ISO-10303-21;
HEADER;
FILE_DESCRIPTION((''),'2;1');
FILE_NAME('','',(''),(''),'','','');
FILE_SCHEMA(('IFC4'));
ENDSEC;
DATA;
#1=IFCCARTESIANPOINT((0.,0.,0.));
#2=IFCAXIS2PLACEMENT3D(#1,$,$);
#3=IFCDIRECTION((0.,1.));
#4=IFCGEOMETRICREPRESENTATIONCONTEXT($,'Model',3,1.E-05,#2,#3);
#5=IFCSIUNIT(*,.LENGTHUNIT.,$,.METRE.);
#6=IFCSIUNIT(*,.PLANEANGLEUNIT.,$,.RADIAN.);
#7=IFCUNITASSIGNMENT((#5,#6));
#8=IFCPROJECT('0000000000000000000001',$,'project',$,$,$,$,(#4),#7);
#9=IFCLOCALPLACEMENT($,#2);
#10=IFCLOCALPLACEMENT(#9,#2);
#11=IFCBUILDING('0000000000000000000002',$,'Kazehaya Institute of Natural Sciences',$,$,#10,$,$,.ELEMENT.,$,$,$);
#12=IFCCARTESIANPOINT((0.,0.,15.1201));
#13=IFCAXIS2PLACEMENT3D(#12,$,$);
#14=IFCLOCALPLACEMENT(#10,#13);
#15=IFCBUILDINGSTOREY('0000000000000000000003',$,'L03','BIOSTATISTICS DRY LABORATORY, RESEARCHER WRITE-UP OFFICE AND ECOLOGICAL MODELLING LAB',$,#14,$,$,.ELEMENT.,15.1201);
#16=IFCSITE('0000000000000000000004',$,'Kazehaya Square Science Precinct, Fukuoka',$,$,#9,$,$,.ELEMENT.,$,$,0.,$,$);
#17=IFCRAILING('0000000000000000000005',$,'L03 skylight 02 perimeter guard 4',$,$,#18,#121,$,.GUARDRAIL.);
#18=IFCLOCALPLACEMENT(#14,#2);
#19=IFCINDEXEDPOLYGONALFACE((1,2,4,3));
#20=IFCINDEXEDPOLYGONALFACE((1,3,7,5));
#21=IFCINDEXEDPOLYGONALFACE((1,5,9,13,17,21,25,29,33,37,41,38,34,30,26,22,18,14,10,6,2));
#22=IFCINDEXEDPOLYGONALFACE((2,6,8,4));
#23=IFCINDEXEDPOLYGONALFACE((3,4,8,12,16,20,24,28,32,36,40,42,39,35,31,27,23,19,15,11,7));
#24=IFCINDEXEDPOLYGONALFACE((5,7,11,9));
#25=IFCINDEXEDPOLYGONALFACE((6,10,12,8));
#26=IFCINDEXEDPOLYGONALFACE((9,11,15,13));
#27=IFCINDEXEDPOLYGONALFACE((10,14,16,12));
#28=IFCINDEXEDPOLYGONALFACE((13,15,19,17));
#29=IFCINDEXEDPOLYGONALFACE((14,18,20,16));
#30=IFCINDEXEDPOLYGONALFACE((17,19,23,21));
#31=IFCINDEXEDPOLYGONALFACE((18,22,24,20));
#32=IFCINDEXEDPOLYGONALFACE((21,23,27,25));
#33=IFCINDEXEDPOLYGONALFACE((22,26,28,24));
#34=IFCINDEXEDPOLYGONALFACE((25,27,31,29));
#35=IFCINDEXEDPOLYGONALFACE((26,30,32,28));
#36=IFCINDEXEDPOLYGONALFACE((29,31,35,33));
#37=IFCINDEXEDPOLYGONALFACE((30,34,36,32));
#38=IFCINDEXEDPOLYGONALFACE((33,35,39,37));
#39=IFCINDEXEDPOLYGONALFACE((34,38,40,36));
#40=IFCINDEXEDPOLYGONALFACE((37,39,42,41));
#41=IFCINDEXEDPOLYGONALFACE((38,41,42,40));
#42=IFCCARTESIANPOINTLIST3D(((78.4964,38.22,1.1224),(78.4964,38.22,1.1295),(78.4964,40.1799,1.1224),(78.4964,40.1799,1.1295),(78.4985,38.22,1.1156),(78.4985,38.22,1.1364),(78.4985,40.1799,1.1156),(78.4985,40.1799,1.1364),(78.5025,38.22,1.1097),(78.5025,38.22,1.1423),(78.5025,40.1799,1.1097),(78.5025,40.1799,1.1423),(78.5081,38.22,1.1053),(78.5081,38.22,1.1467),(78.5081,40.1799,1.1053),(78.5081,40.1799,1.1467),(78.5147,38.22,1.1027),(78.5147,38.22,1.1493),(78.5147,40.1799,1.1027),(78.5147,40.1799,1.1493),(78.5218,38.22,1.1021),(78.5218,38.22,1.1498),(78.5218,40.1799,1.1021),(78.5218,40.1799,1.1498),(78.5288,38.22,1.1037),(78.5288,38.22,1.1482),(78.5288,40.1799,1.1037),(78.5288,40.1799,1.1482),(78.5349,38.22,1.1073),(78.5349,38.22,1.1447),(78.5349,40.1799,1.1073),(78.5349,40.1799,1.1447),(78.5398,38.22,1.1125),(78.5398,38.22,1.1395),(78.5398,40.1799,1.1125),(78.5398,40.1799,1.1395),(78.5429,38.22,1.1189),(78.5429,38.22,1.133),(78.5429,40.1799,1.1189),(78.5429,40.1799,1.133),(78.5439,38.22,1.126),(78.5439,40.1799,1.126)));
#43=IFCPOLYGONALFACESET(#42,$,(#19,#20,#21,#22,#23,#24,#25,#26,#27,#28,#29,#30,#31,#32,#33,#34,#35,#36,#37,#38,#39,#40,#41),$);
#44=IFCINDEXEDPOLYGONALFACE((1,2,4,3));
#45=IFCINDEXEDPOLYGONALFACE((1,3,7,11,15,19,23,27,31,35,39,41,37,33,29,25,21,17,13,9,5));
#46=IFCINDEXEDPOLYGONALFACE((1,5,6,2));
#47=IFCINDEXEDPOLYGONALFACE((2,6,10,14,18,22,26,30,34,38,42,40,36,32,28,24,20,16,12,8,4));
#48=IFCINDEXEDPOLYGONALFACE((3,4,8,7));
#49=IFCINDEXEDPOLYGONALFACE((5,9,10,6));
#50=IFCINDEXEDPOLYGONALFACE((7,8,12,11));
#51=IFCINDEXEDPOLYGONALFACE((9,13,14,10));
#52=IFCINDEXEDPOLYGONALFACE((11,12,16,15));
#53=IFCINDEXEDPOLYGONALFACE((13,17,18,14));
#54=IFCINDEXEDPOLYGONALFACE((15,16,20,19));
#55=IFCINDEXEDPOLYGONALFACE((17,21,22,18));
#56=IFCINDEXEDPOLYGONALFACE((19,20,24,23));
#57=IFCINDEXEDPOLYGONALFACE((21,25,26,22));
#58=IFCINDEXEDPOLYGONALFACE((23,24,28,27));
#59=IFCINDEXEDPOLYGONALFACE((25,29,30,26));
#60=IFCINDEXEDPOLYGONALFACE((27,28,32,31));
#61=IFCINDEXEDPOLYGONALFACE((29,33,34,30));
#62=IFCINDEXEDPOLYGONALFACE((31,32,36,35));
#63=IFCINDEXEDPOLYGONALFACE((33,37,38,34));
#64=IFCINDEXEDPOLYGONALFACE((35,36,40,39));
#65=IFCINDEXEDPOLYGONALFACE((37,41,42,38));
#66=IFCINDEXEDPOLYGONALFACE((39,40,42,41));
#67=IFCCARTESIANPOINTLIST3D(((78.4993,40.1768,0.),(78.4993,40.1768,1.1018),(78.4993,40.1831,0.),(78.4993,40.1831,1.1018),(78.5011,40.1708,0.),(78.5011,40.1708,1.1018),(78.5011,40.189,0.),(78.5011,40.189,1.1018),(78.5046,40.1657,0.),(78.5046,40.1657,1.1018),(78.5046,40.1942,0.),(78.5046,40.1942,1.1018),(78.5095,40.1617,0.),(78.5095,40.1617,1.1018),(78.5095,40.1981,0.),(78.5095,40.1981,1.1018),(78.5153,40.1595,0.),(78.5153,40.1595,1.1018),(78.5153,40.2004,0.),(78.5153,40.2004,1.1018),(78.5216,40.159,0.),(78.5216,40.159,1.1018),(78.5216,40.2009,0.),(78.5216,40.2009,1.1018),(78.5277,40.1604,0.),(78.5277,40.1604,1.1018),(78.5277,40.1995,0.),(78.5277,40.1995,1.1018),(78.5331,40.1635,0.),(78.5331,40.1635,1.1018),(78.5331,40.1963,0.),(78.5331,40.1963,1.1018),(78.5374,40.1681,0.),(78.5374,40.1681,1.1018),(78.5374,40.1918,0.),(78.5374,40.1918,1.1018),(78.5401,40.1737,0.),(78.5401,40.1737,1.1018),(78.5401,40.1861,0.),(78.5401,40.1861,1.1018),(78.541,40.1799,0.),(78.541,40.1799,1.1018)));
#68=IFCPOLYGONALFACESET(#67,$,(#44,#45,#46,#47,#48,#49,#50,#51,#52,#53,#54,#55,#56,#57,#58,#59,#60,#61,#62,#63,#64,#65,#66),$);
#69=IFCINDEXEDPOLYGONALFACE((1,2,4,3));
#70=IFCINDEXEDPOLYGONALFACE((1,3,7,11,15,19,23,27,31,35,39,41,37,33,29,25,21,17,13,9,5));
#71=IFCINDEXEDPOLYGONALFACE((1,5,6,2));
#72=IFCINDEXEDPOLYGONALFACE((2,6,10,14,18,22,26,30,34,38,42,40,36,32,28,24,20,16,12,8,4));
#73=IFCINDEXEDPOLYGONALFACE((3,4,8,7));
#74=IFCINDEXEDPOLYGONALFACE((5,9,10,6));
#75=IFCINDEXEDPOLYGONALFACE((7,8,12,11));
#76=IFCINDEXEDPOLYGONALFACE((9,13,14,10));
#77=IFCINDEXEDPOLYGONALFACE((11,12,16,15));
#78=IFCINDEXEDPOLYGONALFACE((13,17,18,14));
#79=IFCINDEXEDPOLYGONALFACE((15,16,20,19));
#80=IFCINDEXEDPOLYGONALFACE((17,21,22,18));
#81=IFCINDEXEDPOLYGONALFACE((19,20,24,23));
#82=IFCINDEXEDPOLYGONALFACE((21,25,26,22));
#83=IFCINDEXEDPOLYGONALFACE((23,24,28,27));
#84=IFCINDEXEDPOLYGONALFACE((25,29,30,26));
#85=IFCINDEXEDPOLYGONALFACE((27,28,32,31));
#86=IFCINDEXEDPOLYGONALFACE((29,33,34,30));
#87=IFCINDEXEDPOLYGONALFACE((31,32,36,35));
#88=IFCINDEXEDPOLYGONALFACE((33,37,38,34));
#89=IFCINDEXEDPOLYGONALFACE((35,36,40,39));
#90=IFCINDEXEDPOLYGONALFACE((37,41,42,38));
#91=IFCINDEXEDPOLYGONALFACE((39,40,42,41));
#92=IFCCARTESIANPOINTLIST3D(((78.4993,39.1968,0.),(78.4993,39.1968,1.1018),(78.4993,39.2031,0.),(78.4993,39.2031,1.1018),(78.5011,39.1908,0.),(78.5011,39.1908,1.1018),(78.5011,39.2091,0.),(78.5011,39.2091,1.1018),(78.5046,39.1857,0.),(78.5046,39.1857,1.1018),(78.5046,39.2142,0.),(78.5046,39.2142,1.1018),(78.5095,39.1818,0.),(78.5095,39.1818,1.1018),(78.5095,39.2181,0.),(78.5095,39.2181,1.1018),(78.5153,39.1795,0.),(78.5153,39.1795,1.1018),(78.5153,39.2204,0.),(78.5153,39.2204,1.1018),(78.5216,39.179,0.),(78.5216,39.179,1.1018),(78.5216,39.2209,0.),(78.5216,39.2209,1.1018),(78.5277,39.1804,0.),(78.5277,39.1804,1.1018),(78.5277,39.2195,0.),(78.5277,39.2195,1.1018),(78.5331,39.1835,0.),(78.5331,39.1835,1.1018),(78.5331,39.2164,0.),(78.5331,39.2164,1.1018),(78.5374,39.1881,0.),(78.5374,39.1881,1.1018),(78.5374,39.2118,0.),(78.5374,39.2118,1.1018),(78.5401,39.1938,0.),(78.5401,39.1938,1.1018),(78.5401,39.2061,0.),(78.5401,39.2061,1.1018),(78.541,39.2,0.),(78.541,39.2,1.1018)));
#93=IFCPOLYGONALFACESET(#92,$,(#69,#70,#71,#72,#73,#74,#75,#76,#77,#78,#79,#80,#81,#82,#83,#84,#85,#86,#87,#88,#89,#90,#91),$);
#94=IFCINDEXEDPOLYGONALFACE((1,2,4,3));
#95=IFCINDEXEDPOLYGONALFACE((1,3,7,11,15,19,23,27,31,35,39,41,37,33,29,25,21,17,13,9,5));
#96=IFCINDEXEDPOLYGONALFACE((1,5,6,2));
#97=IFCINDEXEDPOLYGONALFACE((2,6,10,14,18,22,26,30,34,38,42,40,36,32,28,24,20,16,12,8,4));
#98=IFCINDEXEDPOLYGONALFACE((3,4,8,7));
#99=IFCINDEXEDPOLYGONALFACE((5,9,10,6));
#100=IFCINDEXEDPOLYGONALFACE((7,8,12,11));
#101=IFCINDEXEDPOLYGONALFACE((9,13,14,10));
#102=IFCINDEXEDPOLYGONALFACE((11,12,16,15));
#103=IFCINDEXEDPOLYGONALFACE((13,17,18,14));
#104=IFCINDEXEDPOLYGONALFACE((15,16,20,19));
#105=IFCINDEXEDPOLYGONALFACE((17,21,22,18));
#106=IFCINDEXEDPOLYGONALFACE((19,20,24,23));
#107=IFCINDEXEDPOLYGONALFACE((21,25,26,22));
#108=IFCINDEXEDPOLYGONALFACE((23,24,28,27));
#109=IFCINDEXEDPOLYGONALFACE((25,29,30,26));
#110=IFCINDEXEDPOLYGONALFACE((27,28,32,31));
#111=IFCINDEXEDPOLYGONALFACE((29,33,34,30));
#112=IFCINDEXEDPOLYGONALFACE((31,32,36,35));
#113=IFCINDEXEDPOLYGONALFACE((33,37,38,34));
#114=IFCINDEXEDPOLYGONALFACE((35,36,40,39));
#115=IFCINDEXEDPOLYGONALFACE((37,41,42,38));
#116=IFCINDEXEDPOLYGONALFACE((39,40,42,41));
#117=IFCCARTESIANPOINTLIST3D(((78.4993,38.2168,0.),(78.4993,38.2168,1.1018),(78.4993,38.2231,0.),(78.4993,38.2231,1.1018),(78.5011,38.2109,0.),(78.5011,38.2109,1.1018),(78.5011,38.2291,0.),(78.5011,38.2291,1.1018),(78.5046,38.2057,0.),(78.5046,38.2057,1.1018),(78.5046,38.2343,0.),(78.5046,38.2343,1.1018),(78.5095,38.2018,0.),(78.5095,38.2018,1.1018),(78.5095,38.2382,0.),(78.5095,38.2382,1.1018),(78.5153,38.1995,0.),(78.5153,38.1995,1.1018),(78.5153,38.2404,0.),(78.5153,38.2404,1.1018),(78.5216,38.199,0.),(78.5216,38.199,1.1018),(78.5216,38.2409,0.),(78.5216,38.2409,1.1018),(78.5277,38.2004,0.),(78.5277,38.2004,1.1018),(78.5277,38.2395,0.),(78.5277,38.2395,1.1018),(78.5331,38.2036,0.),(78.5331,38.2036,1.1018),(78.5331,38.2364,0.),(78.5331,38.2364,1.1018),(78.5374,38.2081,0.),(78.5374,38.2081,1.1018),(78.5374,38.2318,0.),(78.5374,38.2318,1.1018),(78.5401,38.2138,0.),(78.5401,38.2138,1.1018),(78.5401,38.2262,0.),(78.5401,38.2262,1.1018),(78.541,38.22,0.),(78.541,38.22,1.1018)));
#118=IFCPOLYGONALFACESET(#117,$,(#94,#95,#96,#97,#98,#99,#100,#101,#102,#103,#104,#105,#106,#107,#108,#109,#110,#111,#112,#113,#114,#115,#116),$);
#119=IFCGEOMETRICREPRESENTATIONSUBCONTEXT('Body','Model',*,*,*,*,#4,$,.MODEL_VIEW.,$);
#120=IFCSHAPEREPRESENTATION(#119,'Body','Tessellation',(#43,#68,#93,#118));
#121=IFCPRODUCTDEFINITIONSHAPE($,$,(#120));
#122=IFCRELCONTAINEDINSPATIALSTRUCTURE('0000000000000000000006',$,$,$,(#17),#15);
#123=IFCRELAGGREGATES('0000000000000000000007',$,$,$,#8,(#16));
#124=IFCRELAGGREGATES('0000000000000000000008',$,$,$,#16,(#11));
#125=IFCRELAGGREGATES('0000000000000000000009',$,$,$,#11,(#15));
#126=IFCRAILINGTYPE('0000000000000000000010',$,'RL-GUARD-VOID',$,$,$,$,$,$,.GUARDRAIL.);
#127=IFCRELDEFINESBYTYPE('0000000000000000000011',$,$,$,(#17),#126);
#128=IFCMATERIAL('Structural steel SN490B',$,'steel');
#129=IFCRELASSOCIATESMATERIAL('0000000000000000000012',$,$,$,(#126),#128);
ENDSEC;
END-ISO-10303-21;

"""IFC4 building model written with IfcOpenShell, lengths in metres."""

from ifc_helpers import new_model, si_unit, direction, frame, origin, origin_2d, place, context, subcontext, project, spatial, circle, extrude, material, type_object, element, save


model = new_model("IFC4")

# Units and contexts
model_context = context("Model", 3, precision=1e-05, world=origin(), true_north=direction((0.0, 1.0)))
body_context = subcontext(model_context, "Body", "Model", "MODEL_VIEW")
ifc_project = project(units=[si_unit("LENGTHUNIT", "METRE"), si_unit("PLANEANGLEUNIT", "RADIAN")], contexts=[model_context])

# Site, building, storey
site_placement = place(None, origin())
site = spatial("IfcSite", under=ifc_project, at=site_placement, Name="Kazehaya Square Science Precinct, Fukuoka", CompositionType="ELEMENT", RefElevation=0.0)
building_placement = place(site_placement, origin())
building = spatial("IfcBuilding", under=site, at=building_placement, Name="Kazehaya Institute of Natural Sciences", CompositionType="ELEMENT")
storey_placement = place(building_placement, frame((0.0, 0.0, 15.1201)))
storey = spatial("IfcBuildingStorey", under=building, at=storey_placement, Name="L03", Description="BIOSTATISTICS DRY LABORATORY, RESEARCHER WRITE-UP OFFICE AND ECOLOGICAL MODELLING LAB", CompositionType="ELEMENT", Elevation=15.1201)

# Railing
ifc_material_1 = material(Name="Structural steel SN490B", Category="steel")
railing_type = type_object("IfcRailingType", Name="RL-GUARD-VOID", PredefinedType="GUARDRAIL", material=ifc_material_1)
railing_1_placement = place(storey_placement, frame((78.52, 40.1799, 0.0)))
element("IfcRailing", 1, at=railing_1_placement, inside=storey, type_object=railing_type, Name="L03 skylight 02 perimeter guard 4", PredefinedType="GUARDRAIL", context=body_context, shape_type="SweptSolid", body=[
    extrude(circle(Radius=0.0239, at=origin_2d()), frame((0.0, 0.0, 1.126), z_axis=(0.0, -1.0, 0.0), x_axis=(1.0, 0.0, 0.0)), (0.0, 0.0, 1.0), 1.96),
    extrude(circle(Radius=0.021, at=origin_2d()), origin(), (0.0, 0.0, 1.0), 1.1018),
    extrude(circle(Radius=0.021, at=origin_2d()), frame((0.0, -0.98, 0.0)), (0.0, 0.0, 1.0), 1.1018),
    extrude(circle(Radius=0.021, at=origin_2d()), frame((0.0, -1.96, 0.0)), (0.0, 0.0, 1.0), 1.1018),
])

save(model, "model.ifc")
